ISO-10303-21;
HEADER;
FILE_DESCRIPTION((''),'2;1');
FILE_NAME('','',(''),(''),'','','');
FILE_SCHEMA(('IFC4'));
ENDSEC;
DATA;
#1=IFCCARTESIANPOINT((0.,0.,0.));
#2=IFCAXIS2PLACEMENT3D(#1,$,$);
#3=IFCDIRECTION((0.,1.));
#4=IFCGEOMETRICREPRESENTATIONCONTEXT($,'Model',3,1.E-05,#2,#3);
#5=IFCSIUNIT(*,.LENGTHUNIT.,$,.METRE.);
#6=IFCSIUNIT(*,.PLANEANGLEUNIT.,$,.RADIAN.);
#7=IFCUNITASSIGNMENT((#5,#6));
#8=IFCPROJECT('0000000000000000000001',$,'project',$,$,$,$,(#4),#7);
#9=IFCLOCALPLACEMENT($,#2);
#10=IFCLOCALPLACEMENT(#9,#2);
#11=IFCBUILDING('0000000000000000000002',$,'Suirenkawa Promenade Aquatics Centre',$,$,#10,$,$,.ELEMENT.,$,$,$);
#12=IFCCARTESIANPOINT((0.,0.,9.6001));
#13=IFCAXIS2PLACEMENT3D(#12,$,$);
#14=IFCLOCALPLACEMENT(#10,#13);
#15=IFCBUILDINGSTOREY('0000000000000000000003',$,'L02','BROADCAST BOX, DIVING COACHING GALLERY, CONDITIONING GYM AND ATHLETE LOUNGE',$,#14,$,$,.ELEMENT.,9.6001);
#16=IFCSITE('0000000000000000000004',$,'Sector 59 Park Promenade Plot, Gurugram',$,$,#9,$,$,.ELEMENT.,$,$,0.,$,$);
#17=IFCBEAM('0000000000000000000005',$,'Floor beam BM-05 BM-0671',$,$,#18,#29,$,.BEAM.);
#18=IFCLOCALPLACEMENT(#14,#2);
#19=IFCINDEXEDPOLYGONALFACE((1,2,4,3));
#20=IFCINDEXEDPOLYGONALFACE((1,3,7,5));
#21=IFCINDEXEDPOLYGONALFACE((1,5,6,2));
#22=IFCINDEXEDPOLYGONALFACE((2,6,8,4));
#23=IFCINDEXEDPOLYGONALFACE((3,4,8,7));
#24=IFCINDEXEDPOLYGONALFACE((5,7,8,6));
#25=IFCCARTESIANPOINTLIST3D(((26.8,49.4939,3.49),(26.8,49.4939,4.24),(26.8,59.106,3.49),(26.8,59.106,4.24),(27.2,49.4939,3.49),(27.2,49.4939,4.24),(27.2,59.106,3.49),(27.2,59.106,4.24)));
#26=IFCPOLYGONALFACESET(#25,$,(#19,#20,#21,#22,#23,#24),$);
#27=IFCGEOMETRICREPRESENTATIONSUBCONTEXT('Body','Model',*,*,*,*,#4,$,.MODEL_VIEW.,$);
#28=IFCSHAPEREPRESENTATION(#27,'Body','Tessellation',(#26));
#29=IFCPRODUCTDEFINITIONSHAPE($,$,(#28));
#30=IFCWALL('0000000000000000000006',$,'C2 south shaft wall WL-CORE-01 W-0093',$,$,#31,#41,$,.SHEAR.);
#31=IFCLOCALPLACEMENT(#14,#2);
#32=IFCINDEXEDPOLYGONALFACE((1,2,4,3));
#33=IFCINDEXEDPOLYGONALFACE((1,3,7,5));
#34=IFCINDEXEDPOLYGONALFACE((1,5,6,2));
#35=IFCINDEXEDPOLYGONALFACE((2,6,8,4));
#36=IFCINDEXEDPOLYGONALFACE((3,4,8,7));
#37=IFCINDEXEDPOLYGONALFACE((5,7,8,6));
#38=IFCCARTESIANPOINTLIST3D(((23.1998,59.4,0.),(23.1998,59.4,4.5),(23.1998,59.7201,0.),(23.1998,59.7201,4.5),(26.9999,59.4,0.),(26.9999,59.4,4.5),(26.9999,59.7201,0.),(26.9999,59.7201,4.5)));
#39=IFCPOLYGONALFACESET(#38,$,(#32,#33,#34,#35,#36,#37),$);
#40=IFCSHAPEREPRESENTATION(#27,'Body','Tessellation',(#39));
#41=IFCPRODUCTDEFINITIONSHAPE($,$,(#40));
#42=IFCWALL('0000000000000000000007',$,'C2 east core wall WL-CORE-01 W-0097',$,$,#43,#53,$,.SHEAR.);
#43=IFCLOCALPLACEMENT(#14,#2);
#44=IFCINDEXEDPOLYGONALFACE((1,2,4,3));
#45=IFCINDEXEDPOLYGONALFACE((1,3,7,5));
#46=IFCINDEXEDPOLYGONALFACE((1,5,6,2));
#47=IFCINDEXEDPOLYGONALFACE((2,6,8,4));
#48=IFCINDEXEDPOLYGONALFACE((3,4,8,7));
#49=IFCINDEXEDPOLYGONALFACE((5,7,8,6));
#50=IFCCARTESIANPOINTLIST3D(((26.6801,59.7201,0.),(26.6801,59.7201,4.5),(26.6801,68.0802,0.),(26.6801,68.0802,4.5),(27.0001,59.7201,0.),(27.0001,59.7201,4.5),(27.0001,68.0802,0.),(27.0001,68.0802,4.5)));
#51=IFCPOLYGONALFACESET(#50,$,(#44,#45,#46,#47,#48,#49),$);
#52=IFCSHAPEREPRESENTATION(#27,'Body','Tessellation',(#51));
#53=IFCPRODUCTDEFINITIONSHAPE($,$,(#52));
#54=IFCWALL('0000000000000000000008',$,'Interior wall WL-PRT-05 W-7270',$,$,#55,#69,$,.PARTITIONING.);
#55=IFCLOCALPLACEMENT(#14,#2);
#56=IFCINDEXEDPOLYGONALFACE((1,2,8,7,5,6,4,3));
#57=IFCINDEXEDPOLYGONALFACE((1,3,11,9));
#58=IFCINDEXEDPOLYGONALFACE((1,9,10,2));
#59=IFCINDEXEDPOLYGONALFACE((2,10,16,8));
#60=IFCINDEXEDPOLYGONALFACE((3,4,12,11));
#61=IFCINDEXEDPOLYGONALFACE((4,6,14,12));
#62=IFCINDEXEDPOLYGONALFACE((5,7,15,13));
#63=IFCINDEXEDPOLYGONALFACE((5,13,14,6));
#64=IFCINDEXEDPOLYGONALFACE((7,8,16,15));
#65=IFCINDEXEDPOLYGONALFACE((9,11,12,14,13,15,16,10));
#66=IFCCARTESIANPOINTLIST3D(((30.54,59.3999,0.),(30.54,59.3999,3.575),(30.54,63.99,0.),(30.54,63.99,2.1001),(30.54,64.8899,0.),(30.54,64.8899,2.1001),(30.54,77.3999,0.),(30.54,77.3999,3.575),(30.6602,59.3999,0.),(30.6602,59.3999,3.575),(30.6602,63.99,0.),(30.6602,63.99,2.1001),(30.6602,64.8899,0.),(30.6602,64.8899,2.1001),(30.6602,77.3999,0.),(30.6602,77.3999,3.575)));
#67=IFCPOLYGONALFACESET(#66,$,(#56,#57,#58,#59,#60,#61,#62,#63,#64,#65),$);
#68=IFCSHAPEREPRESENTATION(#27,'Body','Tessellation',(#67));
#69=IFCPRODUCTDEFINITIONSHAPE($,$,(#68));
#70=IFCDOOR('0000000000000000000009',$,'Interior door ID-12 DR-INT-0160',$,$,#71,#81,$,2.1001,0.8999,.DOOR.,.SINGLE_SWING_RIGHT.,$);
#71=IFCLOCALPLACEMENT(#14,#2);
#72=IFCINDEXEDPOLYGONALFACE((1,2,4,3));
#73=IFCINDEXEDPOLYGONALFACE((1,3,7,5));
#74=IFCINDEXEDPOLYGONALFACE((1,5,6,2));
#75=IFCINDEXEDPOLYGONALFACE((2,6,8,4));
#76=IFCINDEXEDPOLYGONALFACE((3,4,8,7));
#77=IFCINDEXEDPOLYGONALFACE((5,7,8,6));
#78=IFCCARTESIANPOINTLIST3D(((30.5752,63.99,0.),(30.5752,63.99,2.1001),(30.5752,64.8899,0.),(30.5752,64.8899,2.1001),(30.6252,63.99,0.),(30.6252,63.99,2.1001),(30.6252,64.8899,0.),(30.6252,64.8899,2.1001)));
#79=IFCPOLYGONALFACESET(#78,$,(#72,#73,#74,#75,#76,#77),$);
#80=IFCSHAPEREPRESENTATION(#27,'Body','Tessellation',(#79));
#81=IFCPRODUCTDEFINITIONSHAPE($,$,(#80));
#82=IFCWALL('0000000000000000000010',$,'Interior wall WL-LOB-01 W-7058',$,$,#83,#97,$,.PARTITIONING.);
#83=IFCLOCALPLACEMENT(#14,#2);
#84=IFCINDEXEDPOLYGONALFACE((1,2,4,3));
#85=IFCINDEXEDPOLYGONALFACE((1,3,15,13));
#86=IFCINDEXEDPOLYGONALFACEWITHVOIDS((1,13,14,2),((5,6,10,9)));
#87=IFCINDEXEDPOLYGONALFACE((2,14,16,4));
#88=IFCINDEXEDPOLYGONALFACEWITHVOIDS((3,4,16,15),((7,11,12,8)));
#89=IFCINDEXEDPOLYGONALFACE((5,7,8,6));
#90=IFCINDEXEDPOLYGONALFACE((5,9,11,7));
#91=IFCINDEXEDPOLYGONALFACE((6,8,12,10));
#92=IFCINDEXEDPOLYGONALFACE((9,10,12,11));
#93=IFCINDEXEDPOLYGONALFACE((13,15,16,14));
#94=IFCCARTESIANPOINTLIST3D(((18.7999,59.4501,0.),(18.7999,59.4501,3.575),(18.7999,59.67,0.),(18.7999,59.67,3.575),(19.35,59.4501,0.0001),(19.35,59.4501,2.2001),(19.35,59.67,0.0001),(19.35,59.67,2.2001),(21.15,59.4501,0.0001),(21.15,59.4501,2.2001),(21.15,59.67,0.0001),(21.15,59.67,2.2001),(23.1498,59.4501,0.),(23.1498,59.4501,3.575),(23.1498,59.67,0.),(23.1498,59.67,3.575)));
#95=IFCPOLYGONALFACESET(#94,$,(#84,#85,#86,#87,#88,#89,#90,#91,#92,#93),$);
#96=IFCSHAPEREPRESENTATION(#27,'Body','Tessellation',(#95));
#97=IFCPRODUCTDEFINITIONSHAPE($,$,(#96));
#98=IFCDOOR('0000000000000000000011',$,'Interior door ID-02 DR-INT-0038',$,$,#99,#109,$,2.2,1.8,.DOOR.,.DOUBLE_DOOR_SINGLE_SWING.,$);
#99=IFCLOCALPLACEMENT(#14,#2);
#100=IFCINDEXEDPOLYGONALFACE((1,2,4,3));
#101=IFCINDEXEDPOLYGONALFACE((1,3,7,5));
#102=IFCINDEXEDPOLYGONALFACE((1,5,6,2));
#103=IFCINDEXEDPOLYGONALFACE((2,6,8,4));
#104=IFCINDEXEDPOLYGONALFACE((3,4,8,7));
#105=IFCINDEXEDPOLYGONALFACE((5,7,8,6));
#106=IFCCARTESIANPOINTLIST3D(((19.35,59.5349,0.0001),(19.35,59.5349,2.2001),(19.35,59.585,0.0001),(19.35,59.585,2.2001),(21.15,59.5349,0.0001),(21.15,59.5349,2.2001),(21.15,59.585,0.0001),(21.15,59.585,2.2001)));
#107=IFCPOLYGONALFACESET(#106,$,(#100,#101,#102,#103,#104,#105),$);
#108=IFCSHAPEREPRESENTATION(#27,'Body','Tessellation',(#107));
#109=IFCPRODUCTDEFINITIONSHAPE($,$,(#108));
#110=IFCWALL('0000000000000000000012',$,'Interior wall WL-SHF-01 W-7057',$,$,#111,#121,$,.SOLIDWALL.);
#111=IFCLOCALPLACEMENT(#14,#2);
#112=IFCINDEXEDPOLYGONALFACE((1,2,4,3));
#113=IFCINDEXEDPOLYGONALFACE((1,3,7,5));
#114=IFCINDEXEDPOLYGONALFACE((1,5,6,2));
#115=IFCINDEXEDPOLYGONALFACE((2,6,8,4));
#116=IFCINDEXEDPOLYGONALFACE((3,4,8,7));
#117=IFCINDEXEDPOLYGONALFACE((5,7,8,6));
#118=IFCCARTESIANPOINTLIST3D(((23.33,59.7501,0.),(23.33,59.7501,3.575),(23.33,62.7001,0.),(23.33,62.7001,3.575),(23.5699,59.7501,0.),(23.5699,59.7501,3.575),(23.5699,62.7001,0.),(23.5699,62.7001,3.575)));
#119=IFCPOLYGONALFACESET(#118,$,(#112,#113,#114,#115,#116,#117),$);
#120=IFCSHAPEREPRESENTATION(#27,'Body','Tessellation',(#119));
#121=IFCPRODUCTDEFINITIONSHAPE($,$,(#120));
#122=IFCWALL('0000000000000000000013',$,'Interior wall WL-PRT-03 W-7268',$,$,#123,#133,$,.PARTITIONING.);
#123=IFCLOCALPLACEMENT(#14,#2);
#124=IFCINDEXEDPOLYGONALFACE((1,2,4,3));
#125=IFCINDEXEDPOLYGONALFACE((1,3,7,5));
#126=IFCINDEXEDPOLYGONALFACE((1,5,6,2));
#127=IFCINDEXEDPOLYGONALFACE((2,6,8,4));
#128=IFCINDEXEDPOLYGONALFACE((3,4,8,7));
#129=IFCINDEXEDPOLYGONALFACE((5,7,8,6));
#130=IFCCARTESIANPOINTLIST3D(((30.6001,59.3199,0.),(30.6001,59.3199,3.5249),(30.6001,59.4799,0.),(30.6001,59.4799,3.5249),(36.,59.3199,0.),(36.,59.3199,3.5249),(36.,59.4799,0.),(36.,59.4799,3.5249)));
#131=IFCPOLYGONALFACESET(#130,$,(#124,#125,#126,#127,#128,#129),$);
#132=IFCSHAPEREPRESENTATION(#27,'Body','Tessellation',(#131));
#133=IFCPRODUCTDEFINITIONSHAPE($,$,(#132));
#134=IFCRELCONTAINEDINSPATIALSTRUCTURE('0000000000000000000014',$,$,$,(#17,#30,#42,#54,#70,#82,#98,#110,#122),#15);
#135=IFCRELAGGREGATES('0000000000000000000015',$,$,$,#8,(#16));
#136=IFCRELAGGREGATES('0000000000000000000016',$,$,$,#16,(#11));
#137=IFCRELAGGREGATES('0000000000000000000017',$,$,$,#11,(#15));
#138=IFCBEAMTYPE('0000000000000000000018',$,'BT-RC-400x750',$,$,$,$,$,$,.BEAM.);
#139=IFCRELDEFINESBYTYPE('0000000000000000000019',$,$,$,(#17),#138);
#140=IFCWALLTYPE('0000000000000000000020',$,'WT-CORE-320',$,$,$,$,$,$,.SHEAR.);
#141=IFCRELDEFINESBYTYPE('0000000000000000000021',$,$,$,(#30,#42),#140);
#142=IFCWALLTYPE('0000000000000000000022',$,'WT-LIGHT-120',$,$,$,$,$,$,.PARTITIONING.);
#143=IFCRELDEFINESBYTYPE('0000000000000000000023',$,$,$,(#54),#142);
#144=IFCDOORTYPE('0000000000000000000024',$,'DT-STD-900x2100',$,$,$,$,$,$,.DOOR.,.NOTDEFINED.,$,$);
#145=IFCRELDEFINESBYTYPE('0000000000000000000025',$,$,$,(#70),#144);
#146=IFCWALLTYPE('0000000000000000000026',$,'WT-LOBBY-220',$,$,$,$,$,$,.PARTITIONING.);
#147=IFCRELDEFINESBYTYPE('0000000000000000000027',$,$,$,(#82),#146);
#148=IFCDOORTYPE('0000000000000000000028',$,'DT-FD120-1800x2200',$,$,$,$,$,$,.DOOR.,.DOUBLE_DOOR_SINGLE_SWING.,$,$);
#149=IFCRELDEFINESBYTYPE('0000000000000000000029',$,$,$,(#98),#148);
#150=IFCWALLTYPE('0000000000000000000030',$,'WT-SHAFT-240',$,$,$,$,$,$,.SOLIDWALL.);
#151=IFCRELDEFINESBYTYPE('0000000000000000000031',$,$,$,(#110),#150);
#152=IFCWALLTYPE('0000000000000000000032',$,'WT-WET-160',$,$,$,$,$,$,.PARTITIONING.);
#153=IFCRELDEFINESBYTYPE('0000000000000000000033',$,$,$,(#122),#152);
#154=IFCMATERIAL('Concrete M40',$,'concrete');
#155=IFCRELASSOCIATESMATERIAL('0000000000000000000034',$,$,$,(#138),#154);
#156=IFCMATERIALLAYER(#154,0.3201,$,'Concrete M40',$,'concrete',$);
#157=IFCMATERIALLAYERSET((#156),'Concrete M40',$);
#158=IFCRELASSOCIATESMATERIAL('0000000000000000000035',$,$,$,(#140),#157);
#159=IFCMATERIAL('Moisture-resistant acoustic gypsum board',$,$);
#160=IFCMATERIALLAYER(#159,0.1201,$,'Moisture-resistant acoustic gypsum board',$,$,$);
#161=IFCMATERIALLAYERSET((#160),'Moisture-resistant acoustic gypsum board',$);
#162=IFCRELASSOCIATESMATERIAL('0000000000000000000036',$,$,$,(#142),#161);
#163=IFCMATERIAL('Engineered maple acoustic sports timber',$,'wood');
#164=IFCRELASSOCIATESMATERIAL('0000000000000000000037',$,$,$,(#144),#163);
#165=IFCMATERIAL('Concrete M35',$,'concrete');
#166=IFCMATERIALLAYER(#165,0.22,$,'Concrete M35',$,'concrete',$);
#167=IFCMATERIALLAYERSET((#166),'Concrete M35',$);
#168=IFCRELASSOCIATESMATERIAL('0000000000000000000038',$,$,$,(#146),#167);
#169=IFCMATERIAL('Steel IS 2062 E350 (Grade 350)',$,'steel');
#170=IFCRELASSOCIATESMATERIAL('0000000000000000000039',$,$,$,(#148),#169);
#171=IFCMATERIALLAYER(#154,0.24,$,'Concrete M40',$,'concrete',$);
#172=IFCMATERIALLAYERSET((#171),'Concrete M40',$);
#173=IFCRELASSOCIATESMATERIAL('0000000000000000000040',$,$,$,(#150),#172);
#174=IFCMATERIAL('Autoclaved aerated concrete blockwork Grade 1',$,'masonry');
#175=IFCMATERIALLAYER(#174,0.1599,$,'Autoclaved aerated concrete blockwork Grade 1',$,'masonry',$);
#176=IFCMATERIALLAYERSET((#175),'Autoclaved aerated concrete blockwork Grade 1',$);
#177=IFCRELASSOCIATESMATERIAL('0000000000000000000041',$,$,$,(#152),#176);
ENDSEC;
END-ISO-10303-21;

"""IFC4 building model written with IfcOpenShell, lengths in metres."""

from ifc_helpers import new_model, si_unit, direction, frame, frame_2d, origin, origin_2d, place, context, subcontext, project, spatial, rectangle, extrude, material, layer, layer_set, material_profile, profile_set, type_object, element, fill, save


model = new_model("IFC4")

# Units and contexts
model_context = context("Model", 3, precision=1e-05, world=origin(), true_north=direction((0.0, 1.0)))
body_context = subcontext(model_context, "Body", "Model", "MODEL_VIEW")
ifc_project = project(units=[si_unit("LENGTHUNIT", "METRE"), si_unit("PLANEANGLEUNIT", "RADIAN")], contexts=[model_context])

# Site, building, storey
site_placement = place(None, origin())
site = spatial("IfcSite", under=ifc_project, at=site_placement, Name="Sector 59 Park Promenade Plot, Gurugram", CompositionType="ELEMENT", RefElevation=0.0)
building_placement = place(site_placement, origin())
building = spatial("IfcBuilding", under=site, at=building_placement, Name="Suirenkawa Promenade Aquatics Centre", CompositionType="ELEMENT")
storey_placement = place(building_placement, frame((0.0, 0.0, 9.6001)))
storey = spatial("IfcBuildingStorey", under=building, at=storey_placement, Name="L02", Description="BROADCAST BOX, DIVING COACHING GALLERY, CONDITIONING GYM AND ATHLETE LOUNGE", CompositionType="ELEMENT", Elevation=9.6001)

# Shared definitions
ifc_material_1 = material(Name="Concrete M40", Category="concrete")

# Beam
ifc_material_2 = material(Name="Steel IS 2062 E350 (Grade 350)", Category="steel")
ifc_material_3 = material(Name="Concrete M35", Category="concrete")
ifc_material_profile_1 = material_profile(ifc_material_1, rectangle(XDim=0.3999, YDim=0.75, at=origin_2d()), Name="RC BM 400x750", Category="concrete")
ifc_profile_set_1 = profile_set([ifc_material_profile_1], Name="Concrete M40")
beam_type_1 = type_object("IfcBeamType", Name="BT-RC-400x750", PredefinedType="BEAM", material=ifc_profile_set_1)
beam_1_placement = place(storey_placement, frame((27.0, 49.4939, 3.865), z_axis=(0.0, 1.0, 0.0), x_axis=(-1.0, 0.0, 0.0)))
element("IfcBeam", 1, at=beam_1_placement, inside=storey, type_object=beam_type_1, Name="Floor beam BM-05 BM-0671", PredefinedType="BEAM", context=body_context, shape_type="SweptSolid", body=[
    extrude(rectangle(XDim=0.3999, YDim=0.75, at=origin_2d()), origin(), (0.0, 0.0, 1.0), 9.6121),
])

# Walls
ifc_layer_1 = layer(ifc_material_1, 0.3201, Name="Concrete M40", Category="concrete")
ifc_layer_set_1 = layer_set([ifc_layer_1], Name="Concrete M40")
wall_type_1 = type_object("IfcWallType", Name="WT-CORE-320", PredefinedType="SHEAR", material=ifc_layer_set_1)
wall_1_placement = place(storey_placement, frame((23.2, 59.5601, 0.0), z_axis=(0.0, 0.0, 1.0), x_axis=(1.0, 0.0, 0.0)))
element("IfcWall", 2, at=wall_1_placement, inside=storey, type_object=wall_type_1, Name="C2 south shaft wall WL-CORE-01 W-0093", PredefinedType="SHEAR", context=body_context, shape_type="SweptSolid", body=[
    extrude(rectangle(XDim=3.8, YDim=0.3201, at=frame_2d((1.8999, 0.0))), origin(), (0.0, 0.0, 1.0), 4.5),
])
wall_2_placement = place(storey_placement, frame((26.8401, 59.72, 0.0), z_axis=(0.0, 0.0, 1.0), x_axis=(0.0, 1.0, 0.0)))
element("IfcWall", 3, at=wall_2_placement, inside=storey, type_object=wall_type_1, Name="C2 east core wall WL-CORE-01 W-0097", PredefinedType="SHEAR", context=body_context, shape_type="SweptSolid", body=[
    extrude(rectangle(XDim=8.3601, YDim=0.3201, at=frame_2d((4.1802, 0.0))), origin(), (0.0, 0.0, 1.0), 4.5),
])

# Walls, openings, doors
ifc_material_4 = material(Name="Moisture-resistant acoustic gypsum board")
ifc_layer_2 = layer(ifc_material_4, 0.1201, Name="Moisture-resistant acoustic gypsum board")
ifc_layer_set_2 = layer_set([ifc_layer_2], Name="Moisture-resistant acoustic gypsum board")
wall_type_2 = type_object("IfcWallType", Name="WT-LIGHT-120", PredefinedType="PARTITIONING", material=ifc_layer_set_2)
wall_3_placement = place(storey_placement, frame((30.6001, 59.3999, 0.0), z_axis=(0.0, 0.0, 1.0), x_axis=(0.0, 1.0, 0.0)))
wall_3 = element("IfcWall", 4, at=wall_3_placement, inside=storey, type_object=wall_type_2, Name="Interior wall WL-PRT-05 W-7270", PredefinedType="PARTITIONING", context=body_context, shape_type="SweptSolid", body=[
    extrude(rectangle(XDim=18.0, YDim=0.1201, at=frame_2d((9.0, 0.0))), origin(), (0.0, 0.0, 1.0), 3.575),
])
opening_1_placement = place(wall_3_placement, frame((4.5901, 0.0, 0.0)))
opening_1 = element("IfcOpeningElement", 5, at=opening_1_placement, cuts=wall_3, PredefinedType="OPENING", context=body_context, shape_type="SweptSolid", body=[
    extrude(rectangle(XDim=0.8999, YDim=2.1001, at=frame_2d((0.45, 1.05))), frame((0.0, 0.0701, 0.0), z_axis=(0.0, -1.0, 0.0), x_axis=(1.0, 0.0, 0.0)), (0.0, 0.0, 1.0), 0.1401),
])
ifc_material_5 = material(Name="Engineered maple acoustic sports timber", Category="wood")
door_type_1 = type_object("IfcDoorType", Name="DT-STD-900x2100", OperationType="NOTDEFINED", PredefinedType="DOOR", material=ifc_material_5)
door_1_placement = place(opening_1_placement, origin())
door_1 = element("IfcDoor", 6, at=door_1_placement, inside=storey, type_object=door_type_1, Name="Interior door ID-12 DR-INT-0160", OperationType="SINGLE_SWING_RIGHT", OverallHeight=2.1001, OverallWidth=0.8999, PredefinedType="DOOR", context=body_context, shape_type="SweptSolid", body=[
    extrude(rectangle(XDim=0.8999, YDim=2.1001, at=frame_2d((0.45, 1.05))), frame((0.0, 0.0249, 0.0), z_axis=(0.0, -1.0, 0.0), x_axis=(1.0, 0.0, 0.0)), (0.0, 0.0, 1.0), 0.05),
])
fill(opening_1, door_1)
ifc_layer_3 = layer(ifc_material_3, 0.22, Name="Concrete M35", Category="concrete")
ifc_layer_set_3 = layer_set([ifc_layer_3], Name="Concrete M35")
wall_type_3 = type_object("IfcWallType", Name="WT-LOBBY-220", PredefinedType="PARTITIONING", material=ifc_layer_set_3)
wall_4_placement = place(storey_placement, frame((18.8, 59.5601, 0.0), z_axis=(0.0, 0.0, 1.0), x_axis=(1.0, 0.0, 0.0)))
wall_4 = element("IfcWall", 7, at=wall_4_placement, inside=storey, type_object=wall_type_3, Name="Interior wall WL-LOB-01 W-7058", PredefinedType="PARTITIONING", context=body_context, shape_type="SweptSolid", body=[
    extrude(rectangle(XDim=4.3499, YDim=0.22, at=frame_2d((2.1748, 0.0))), origin(), (0.0, 0.0, 1.0), 3.575),
])
opening_2_placement = place(wall_4_placement, frame((0.55, 0.0, 0.0)))
opening_2 = element("IfcOpeningElement", 8, at=opening_2_placement, cuts=wall_4, PredefinedType="OPENING", context=body_context, shape_type="SweptSolid", body=[
    extrude(rectangle(XDim=1.8, YDim=2.2, at=frame_2d((0.8999, 1.1001))), frame((0.0, 0.1199, 0.0), z_axis=(0.0, -1.0, 0.0), x_axis=(1.0, 0.0, 0.0)), (0.0, 0.0, 1.0), 0.24),
])
door_type_2 = type_object("IfcDoorType", Name="DT-FD120-1800x2200", OperationType="DOUBLE_DOOR_SINGLE_SWING", PredefinedType="DOOR", material=ifc_material_2)
door_2_placement = place(opening_2_placement, origin())
door_2 = element("IfcDoor", 9, at=door_2_placement, inside=storey, type_object=door_type_2, Name="Interior door ID-02 DR-INT-0038", OperationType="DOUBLE_DOOR_SINGLE_SWING", OverallHeight=2.2, OverallWidth=1.8, PredefinedType="DOOR", context=body_context, shape_type="SweptSolid", body=[
    extrude(rectangle(XDim=1.8, YDim=2.2, at=frame_2d((0.8999, 1.1001))), frame((0.0, 0.0249, 0.0), z_axis=(0.0, -1.0, 0.0), x_axis=(1.0, 0.0, 0.0)), (0.0, 0.0, 1.0), 0.05),
])
fill(opening_2, door_2)

# Walls
ifc_layer_4 = layer(ifc_material_1, 0.24, Name="Concrete M40", Category="concrete")
ifc_layer_set_4 = layer_set([ifc_layer_4], Name="Concrete M40")
wall_type_4 = type_object("IfcWallType", Name="WT-SHAFT-240", PredefinedType="SOLIDWALL", material=ifc_layer_set_4)
wall_5_placement = place(storey_placement, frame((23.45, 59.75, 0.0), z_axis=(0.0, 0.0, 1.0), x_axis=(0.0, 1.0, 0.0)))
element("IfcWall", 10, at=wall_5_placement, inside=storey, type_object=wall_type_4, Name="Interior wall WL-SHF-01 W-7057", PredefinedType="SOLIDWALL", context=body_context, shape_type="SweptSolid", body=[
    extrude(rectangle(XDim=2.95, YDim=0.24, at=frame_2d((1.4751, 0.0))), origin(), (0.0, 0.0, 1.0), 3.575),
])
ifc_material_6 = material(Name="Autoclaved aerated concrete blockwork Grade 1", Category="masonry")
ifc_layer_5 = layer(ifc_material_6, 0.1599, Name="Autoclaved aerated concrete blockwork Grade 1", Category="masonry")
ifc_layer_set_5 = layer_set([ifc_layer_5], Name="Autoclaved aerated concrete blockwork Grade 1")
wall_type_5 = type_object("IfcWallType", Name="WT-WET-160", PredefinedType="PARTITIONING", material=ifc_layer_set_5)
wall_6_placement = place(storey_placement, frame((30.6001, 59.3999, 0.0), z_axis=(0.0, 0.0, 1.0), x_axis=(1.0, 0.0, 0.0)))
element("IfcWall", 11, at=wall_6_placement, inside=storey, type_object=wall_type_5, Name="Interior wall WL-PRT-03 W-7268", PredefinedType="PARTITIONING", context=body_context, shape_type="SweptSolid", body=[
    extrude(rectangle(XDim=5.3999, YDim=0.1599, at=frame_2d((2.7, 0.0))), origin(), (0.0, 0.0, 1.0), 3.5249),
])

save(model, "model.ifc")
